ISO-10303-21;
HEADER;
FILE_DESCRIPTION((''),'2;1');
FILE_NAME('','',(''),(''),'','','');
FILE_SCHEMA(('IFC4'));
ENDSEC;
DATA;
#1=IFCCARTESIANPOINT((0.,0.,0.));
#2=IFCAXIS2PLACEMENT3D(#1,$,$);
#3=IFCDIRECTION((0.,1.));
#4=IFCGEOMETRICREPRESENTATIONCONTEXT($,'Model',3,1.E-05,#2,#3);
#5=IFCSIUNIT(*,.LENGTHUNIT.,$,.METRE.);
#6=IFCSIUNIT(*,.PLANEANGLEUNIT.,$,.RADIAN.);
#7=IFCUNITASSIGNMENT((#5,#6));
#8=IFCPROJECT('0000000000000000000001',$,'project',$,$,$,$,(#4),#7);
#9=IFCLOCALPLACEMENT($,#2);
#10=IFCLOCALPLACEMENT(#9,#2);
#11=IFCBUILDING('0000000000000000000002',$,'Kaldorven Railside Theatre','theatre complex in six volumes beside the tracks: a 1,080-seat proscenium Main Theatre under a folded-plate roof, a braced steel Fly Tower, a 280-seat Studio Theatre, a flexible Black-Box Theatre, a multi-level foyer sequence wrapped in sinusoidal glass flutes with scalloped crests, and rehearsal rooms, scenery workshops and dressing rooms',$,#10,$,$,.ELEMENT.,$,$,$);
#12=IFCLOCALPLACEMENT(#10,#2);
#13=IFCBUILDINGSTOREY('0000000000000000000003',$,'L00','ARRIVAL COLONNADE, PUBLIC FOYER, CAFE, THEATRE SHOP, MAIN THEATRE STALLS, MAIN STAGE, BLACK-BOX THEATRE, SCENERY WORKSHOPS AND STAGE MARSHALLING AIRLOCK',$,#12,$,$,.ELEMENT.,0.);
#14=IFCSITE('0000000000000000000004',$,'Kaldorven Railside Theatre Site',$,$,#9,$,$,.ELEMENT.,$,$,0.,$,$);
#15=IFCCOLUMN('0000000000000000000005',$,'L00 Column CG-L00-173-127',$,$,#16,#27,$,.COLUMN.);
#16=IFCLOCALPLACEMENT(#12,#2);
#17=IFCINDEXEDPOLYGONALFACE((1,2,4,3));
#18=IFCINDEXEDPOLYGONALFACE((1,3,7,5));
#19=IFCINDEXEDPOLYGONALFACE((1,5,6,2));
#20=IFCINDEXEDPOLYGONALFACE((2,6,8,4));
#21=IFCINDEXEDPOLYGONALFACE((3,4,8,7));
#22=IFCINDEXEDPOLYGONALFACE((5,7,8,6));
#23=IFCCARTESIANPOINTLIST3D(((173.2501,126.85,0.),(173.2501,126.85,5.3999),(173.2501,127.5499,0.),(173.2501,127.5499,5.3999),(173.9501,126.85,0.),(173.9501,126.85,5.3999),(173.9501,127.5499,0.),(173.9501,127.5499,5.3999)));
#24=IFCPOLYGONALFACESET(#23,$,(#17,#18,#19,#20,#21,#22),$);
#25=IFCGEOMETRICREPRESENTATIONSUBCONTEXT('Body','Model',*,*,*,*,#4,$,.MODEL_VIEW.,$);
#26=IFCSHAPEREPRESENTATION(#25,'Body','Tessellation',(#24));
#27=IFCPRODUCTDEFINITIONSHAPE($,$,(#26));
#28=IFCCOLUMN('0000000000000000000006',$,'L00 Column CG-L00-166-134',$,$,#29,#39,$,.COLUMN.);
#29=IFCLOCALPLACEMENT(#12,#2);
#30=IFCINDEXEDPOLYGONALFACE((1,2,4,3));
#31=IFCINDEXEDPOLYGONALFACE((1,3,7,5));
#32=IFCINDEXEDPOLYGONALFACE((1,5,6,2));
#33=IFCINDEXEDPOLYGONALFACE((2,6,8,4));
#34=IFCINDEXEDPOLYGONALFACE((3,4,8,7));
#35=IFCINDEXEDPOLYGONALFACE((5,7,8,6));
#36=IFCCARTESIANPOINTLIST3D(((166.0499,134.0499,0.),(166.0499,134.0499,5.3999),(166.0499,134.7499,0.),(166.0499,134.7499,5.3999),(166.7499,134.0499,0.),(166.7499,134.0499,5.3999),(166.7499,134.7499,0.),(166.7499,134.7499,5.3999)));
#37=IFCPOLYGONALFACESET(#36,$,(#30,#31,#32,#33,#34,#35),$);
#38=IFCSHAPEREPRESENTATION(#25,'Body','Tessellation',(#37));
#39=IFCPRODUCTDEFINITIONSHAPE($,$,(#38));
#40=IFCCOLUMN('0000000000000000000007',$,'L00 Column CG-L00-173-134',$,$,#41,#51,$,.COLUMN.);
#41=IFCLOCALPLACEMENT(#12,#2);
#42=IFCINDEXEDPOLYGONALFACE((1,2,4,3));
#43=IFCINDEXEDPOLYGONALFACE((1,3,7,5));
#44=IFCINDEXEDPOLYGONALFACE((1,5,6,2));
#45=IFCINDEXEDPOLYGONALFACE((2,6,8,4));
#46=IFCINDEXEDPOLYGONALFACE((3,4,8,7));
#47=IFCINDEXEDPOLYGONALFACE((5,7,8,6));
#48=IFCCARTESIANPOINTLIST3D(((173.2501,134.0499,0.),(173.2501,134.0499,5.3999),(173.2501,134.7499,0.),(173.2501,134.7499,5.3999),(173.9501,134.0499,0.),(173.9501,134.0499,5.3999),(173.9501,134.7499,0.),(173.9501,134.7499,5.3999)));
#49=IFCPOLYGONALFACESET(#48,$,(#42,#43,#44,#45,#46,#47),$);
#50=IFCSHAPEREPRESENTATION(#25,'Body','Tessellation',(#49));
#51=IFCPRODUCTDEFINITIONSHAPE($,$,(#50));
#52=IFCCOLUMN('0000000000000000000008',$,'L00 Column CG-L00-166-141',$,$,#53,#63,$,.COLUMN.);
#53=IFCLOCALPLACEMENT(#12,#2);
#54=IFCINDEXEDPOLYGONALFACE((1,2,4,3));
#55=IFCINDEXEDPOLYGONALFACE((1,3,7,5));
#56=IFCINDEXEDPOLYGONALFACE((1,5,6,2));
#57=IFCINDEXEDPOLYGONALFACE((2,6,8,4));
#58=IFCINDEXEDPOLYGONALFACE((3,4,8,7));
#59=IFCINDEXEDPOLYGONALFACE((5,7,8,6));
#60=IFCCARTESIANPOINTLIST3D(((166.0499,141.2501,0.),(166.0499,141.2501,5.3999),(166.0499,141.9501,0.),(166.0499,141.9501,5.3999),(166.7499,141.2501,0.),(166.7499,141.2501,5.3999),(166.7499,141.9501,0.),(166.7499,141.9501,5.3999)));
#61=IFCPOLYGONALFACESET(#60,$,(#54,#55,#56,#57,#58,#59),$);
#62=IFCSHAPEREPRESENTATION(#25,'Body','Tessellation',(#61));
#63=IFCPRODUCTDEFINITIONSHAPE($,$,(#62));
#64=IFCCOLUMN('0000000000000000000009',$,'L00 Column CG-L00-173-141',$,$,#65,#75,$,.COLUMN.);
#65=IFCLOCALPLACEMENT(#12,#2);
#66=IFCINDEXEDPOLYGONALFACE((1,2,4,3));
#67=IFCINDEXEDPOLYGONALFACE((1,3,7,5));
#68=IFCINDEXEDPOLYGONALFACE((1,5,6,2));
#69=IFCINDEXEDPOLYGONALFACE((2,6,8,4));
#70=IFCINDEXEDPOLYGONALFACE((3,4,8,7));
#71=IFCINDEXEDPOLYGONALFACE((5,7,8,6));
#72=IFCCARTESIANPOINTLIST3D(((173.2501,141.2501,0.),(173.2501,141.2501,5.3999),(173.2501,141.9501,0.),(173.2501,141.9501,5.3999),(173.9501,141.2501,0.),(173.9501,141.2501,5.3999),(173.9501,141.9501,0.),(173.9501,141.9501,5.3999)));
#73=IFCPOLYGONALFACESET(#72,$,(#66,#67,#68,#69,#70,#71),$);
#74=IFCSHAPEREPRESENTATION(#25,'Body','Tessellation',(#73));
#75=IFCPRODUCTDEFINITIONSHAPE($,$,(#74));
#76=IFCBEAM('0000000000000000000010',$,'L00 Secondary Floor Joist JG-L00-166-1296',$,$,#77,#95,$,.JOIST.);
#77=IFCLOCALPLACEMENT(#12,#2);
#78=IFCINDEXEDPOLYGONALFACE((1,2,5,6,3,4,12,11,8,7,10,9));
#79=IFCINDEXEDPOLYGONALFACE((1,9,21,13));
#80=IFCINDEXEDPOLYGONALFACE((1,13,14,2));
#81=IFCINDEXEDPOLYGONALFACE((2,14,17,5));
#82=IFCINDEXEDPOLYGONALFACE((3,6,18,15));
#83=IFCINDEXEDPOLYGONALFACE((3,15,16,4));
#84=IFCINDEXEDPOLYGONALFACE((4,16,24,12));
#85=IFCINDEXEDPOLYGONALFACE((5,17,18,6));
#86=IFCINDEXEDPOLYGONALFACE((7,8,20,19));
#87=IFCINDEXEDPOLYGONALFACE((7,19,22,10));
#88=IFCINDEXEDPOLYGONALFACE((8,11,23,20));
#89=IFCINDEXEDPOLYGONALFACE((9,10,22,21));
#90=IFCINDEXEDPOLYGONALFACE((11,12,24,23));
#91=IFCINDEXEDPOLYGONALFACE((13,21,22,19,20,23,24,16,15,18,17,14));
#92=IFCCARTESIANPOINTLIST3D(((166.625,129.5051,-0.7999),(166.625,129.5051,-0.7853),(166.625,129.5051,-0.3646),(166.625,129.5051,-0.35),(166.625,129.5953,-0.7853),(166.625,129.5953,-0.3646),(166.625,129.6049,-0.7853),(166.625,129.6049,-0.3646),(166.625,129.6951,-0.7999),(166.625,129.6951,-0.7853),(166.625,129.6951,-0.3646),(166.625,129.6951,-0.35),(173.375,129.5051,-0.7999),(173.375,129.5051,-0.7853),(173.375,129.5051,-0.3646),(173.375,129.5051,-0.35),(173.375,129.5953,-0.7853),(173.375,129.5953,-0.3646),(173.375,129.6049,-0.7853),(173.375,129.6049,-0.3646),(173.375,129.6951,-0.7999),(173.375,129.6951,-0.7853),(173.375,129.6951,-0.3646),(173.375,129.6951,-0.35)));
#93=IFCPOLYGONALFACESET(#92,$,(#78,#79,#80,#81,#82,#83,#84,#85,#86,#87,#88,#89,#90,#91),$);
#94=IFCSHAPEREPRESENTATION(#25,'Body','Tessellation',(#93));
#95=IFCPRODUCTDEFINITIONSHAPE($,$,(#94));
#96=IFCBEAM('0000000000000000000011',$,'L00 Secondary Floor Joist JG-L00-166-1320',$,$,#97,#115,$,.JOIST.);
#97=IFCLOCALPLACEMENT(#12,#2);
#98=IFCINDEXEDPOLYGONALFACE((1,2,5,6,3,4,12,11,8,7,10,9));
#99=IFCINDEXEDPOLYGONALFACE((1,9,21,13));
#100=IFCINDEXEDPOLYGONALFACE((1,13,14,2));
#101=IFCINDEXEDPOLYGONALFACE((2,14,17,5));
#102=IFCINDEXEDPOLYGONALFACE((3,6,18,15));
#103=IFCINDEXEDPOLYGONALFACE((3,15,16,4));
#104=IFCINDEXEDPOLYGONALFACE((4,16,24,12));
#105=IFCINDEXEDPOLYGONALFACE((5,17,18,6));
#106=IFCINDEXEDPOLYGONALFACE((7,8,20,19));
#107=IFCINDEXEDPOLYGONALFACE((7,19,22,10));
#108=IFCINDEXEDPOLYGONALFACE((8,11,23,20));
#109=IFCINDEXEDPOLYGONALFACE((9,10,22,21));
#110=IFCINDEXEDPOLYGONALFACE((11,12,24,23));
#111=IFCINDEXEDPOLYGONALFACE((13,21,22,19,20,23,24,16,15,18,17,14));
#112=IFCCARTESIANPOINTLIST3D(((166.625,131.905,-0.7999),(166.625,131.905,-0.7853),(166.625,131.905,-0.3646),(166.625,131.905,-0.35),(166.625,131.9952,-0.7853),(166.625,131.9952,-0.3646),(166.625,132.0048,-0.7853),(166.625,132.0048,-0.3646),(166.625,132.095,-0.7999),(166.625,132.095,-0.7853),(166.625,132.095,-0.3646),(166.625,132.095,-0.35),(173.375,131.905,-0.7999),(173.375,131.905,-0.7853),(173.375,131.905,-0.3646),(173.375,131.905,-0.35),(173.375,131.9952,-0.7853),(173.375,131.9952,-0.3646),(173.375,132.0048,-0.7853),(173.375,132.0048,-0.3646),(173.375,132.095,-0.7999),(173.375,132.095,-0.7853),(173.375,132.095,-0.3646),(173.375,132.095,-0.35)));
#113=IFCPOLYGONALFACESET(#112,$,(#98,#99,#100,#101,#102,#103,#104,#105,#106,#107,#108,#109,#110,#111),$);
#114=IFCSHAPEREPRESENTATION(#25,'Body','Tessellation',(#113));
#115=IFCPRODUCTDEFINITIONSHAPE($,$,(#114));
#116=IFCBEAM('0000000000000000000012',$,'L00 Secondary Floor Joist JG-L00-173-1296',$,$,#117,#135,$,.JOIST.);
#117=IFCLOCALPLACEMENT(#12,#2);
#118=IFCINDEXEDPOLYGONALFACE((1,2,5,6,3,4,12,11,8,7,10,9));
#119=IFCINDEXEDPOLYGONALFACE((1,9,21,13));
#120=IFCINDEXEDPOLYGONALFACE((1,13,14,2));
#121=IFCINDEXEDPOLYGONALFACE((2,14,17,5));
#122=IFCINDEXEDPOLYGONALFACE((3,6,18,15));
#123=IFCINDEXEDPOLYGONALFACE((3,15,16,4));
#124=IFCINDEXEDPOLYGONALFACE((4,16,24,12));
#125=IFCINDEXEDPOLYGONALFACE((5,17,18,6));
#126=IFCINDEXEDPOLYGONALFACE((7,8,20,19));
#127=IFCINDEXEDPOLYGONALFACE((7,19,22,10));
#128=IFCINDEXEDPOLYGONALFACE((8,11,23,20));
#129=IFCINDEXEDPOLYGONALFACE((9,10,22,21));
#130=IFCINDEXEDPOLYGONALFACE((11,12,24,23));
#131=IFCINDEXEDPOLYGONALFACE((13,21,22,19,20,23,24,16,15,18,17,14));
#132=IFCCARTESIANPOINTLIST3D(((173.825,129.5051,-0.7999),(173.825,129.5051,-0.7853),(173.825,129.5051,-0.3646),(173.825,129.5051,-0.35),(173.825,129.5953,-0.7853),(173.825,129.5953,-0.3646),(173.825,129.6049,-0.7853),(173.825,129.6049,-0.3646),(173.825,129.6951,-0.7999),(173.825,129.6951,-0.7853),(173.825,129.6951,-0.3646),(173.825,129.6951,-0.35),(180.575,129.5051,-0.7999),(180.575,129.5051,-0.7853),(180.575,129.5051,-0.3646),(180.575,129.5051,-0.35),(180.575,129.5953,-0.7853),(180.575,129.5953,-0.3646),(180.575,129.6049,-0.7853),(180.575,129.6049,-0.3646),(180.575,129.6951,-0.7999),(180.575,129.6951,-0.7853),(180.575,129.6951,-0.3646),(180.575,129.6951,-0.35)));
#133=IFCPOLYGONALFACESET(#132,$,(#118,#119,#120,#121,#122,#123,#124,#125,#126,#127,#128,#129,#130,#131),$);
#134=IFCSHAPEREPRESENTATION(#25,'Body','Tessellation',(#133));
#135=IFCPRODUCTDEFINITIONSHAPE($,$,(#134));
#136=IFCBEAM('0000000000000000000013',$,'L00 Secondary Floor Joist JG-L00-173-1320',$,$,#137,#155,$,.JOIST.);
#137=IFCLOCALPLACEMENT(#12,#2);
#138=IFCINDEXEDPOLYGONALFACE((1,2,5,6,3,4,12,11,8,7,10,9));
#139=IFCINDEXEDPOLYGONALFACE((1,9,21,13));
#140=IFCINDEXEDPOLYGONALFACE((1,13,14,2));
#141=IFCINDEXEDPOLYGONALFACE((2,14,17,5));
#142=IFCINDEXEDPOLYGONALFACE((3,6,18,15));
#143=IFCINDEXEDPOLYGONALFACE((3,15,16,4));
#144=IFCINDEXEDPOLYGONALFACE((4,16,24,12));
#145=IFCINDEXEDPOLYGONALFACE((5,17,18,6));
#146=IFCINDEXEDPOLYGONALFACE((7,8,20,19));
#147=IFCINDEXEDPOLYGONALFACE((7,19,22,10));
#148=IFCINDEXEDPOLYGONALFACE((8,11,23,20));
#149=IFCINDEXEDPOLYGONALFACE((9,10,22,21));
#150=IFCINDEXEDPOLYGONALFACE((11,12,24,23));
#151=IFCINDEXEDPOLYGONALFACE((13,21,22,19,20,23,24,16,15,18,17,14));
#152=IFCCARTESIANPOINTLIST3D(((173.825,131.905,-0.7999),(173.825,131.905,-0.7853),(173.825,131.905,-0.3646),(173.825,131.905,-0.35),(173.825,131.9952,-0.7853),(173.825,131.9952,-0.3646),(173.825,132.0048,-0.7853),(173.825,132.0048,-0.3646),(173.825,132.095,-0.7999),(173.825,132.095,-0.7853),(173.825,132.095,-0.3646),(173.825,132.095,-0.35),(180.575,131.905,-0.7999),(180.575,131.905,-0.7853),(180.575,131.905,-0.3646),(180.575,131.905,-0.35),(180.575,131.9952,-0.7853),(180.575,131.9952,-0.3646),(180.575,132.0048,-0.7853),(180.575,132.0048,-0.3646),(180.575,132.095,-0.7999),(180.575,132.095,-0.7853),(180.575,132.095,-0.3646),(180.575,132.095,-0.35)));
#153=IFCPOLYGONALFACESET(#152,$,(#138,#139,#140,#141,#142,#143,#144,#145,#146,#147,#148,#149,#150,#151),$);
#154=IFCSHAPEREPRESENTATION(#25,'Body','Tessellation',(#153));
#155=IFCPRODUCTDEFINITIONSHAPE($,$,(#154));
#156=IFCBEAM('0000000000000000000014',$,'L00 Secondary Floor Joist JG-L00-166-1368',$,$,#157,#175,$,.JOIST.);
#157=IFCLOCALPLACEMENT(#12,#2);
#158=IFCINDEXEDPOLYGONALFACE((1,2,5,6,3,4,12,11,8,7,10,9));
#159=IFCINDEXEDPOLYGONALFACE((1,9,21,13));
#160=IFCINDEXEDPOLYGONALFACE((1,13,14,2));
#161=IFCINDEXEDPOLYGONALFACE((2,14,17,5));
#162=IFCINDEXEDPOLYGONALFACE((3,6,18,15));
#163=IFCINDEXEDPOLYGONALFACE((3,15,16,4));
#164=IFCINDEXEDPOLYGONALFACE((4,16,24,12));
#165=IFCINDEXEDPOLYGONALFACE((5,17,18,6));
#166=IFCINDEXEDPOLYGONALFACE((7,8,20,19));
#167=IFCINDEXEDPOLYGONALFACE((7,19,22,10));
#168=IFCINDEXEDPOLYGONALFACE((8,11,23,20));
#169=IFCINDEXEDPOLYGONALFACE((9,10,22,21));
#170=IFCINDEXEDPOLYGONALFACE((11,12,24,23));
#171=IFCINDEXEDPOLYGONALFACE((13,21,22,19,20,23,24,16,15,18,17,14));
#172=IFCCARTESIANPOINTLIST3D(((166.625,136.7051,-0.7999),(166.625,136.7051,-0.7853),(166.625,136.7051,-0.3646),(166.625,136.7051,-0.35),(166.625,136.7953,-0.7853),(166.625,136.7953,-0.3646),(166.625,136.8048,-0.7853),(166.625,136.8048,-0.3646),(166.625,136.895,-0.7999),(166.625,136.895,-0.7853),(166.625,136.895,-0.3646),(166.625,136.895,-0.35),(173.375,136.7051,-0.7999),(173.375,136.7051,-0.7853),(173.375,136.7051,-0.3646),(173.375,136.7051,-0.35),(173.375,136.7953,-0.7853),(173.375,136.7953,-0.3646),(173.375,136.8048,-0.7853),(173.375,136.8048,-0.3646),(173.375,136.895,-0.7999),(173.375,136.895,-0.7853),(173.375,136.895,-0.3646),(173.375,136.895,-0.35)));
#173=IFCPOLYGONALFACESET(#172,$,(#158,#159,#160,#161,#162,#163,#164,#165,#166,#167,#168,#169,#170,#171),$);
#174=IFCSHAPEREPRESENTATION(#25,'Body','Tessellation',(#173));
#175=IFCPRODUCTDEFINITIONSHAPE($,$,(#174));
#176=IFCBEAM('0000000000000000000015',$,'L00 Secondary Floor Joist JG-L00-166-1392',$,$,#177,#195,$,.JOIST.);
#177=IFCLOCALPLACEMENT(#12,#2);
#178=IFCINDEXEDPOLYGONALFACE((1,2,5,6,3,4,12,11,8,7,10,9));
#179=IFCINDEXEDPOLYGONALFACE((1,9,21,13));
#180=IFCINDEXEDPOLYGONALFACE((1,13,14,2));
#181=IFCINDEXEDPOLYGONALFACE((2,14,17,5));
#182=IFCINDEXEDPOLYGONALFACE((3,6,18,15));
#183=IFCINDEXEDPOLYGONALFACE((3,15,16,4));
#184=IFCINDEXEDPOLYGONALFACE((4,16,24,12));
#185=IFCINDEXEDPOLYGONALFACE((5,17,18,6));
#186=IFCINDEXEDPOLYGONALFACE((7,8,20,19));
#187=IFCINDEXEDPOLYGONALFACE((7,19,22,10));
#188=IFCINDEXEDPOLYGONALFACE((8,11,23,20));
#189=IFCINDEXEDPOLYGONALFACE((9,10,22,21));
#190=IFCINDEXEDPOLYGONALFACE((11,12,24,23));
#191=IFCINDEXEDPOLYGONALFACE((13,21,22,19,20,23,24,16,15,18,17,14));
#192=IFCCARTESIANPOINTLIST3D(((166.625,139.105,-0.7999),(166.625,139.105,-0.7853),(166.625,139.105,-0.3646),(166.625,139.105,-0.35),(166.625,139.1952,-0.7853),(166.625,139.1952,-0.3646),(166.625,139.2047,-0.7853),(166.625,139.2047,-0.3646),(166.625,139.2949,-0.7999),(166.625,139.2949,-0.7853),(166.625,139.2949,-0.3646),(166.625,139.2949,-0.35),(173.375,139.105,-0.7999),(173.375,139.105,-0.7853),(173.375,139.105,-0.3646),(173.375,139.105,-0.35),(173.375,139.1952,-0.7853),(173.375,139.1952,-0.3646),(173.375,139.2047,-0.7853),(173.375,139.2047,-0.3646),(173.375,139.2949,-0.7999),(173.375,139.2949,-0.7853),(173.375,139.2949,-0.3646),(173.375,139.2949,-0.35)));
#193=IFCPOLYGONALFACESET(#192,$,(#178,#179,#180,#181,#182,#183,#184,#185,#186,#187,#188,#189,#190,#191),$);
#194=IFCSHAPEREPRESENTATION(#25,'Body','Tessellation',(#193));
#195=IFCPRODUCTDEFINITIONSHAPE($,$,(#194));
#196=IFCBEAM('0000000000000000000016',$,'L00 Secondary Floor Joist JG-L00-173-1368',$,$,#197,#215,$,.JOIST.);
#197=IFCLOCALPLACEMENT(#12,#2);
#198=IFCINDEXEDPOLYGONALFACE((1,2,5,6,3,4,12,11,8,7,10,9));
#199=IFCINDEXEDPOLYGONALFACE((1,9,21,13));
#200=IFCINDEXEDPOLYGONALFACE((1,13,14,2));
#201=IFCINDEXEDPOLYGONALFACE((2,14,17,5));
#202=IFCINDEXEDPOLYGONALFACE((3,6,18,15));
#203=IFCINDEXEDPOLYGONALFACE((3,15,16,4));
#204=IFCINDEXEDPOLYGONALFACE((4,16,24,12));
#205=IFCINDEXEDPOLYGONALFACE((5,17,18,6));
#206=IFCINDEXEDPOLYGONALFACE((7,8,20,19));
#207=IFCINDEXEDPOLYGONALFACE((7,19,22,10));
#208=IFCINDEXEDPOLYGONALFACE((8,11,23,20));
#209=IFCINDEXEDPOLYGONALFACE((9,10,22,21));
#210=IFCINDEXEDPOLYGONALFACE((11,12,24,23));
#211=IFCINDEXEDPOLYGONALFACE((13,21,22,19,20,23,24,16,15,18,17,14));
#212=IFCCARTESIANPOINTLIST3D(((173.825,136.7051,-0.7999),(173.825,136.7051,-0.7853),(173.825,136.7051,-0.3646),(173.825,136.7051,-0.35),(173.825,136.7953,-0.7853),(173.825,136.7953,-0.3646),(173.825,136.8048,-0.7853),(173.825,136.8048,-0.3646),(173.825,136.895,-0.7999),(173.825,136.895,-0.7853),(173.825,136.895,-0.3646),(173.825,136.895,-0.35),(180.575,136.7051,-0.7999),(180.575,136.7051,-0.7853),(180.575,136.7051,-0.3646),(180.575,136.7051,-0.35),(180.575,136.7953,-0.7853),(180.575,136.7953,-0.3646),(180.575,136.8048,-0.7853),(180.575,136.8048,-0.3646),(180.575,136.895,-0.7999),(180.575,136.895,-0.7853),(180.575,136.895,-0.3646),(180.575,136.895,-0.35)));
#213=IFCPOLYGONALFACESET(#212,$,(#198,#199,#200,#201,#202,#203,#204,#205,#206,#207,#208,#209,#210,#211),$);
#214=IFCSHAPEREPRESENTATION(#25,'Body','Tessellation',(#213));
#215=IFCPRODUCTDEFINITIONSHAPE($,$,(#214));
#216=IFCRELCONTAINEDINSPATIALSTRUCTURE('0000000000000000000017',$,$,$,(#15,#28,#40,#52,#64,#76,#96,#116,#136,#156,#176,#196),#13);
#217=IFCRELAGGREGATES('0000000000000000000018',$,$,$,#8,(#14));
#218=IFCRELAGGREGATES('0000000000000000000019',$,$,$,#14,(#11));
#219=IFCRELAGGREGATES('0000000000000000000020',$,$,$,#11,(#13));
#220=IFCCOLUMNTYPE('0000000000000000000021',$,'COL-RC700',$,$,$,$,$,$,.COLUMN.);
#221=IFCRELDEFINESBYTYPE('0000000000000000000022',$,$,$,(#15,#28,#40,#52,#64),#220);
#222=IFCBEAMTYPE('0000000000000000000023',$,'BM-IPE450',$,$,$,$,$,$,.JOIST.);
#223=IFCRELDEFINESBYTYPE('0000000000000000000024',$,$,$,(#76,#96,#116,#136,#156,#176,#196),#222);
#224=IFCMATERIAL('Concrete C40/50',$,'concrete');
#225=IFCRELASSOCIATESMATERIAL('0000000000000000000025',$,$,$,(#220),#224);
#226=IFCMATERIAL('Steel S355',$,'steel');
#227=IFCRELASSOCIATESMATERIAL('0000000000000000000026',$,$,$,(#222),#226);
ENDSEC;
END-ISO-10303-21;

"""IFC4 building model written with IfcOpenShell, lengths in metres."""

from ifc_helpers import new_model, si_unit, direction, frame, origin, origin_2d, place, context, subcontext, project, spatial, rectangle, i_section, extrude, material, material_profile, profile_set, type_object, element, save


model = new_model("IFC4")

# Units and contexts
model_context = context("Model", 3, precision=1e-05, world=origin(), true_north=direction((0.0, 1.0)))
body_context = subcontext(model_context, "Body", "Model", "MODEL_VIEW")
ifc_project = project(units=[si_unit("LENGTHUNIT", "METRE"), si_unit("PLANEANGLEUNIT", "RADIAN")], contexts=[model_context])

# Site, building, storey
site_placement = place(None, origin())
site = spatial("IfcSite", under=ifc_project, at=site_placement, Name="Kaldorven Railside Theatre Site", CompositionType="ELEMENT", RefElevation=0.0)
building_placement = place(site_placement, origin())
building = spatial("IfcBuilding", under=site, at=building_placement, Name="Kaldorven Railside Theatre", Description="theatre complex in six volumes beside the tracks: a 1,080-seat proscenium Main Theatre under a folded-plate roof, a braced steel Fly Tower, a 280-seat Studio Theatre, a flexible Black-Box Theatre, a multi-level foyer sequence wrapped in sinusoidal glass flutes with scalloped crests, and rehearsal rooms, scenery workshops and dressing rooms", CompositionType="ELEMENT")
storey_placement = place(building_placement, origin())
storey = spatial("IfcBuildingStorey", under=building, at=storey_placement, Name="L00", Description="ARRIVAL COLONNADE, PUBLIC FOYER, CAFE, THEATRE SHOP, MAIN THEATRE STALLS, MAIN STAGE, BLACK-BOX THEATRE, SCENERY WORKSHOPS AND STAGE MARSHALLING AIRLOCK", CompositionType="ELEMENT", Elevation=0.0)

# Columns
ifc_material_1 = material(Name="Concrete C40/50", Category="concrete")
ifc_material_profile_1 = material_profile(ifc_material_1, rectangle(XDim=0.7, YDim=0.7, at=origin_2d()), Name="RC 700x700")
ifc_profile_set_1 = profile_set([ifc_material_profile_1], Name="Concrete C40/50")
column_type = type_object("IfcColumnType", Name="COL-RC700", PredefinedType="COLUMN", material=ifc_profile_set_1)
for number, where, z_axis, x_axis, name in (
    (1, (173.6001, 127.2, 0.0), (0.0, 0.0, 1.0), (1.0, 0.0, 0.0), "L00 Column CG-L00-173-127"),
    (2, (166.3999, 134.3999, 0.0), (0.0, 0.0, 1.0), (1.0, 0.0, 0.0), "L00 Column CG-L00-166-134"),
    (3, (173.6001, 134.3999, 0.0), (0.0, 0.0, 1.0), (1.0, 0.0, 0.0), "L00 Column CG-L00-173-134"),
    (4, (166.3999, 141.6001, 0.0), (0.0, 0.0, 1.0), (1.0, 0.0, 0.0), "L00 Column CG-L00-166-141"),
    (5, (173.6001, 141.6001, 0.0), (0.0, 0.0, 1.0), (0.0, 1.0, 0.0), "L00 Column CG-L00-173-141"),
):
    element("IfcColumn", number, at=place(storey_placement, frame(where, z_axis=z_axis, x_axis=x_axis)), inside=storey, type_object=column_type, Name=name, PredefinedType="COLUMN", context=body_context, shape_type="SweptSolid", body=[
        extrude(rectangle(XDim=0.7, YDim=0.7, at=origin_2d()), origin(), (0.0, 0.0, 1.0), 5.3999),
    ])

# Beams
ifc_material_2 = material(Name="Steel S355", Category="steel")
ifc_material_profile_2 = material_profile(ifc_material_2, i_section(OverallWidth=0.1899, OverallDepth=0.45, WebThickness=0.0095, FlangeThickness=0.0146, at=origin_2d()), Name="IPE 450")
ifc_profile_set_2 = profile_set([ifc_material_profile_2], Name="Steel S355")
beam_type_1 = type_object("IfcBeamType", Name="BM-IPE450", PredefinedType="JOIST", material=ifc_profile_set_2)
for number, where, z_axis, x_axis, name in (
    (6, (166.625, 129.6001, -0.575), (1.0, 0.0, 0.0), (0.0, 1.0, 0.0), "L00 Secondary Floor Joist JG-L00-166-1296"),
    (7, (166.625, 132.0, -0.575), (1.0, 0.0, 0.0), (0.0, 1.0, 0.0), "L00 Secondary Floor Joist JG-L00-166-1320"),
    (8, (173.825, 129.6001, -0.575), (1.0, 0.0, 0.0), (0.0, 1.0, 0.0), "L00 Secondary Floor Joist JG-L00-173-1296"),
    (9, (173.825, 132.0, -0.575), (1.0, 0.0, 0.0), (0.0, 1.0, 0.0), "L00 Secondary Floor Joist JG-L00-173-1320"),
    (10, (166.625, 136.8, -0.575), (1.0, 0.0, 0.0), (0.0, 1.0, 0.0), "L00 Secondary Floor Joist JG-L00-166-1368"),
    (11, (166.625, 139.2, -0.575), (1.0, 0.0, 0.0), (0.0, 1.0, 0.0), "L00 Secondary Floor Joist JG-L00-166-1392"),
    (12, (173.825, 136.8, -0.575), (1.0, 0.0, 0.0), (0.0, 1.0, 0.0), "L00 Secondary Floor Joist JG-L00-173-1368"),
):
    element("IfcBeam", number, at=place(storey_placement, frame(where, z_axis=z_axis, x_axis=x_axis)), inside=storey, type_object=beam_type_1, Name=name, PredefinedType="JOIST", context=body_context, shape_type="SweptSolid", body=[
        extrude(i_section(OverallWidth=0.1899, OverallDepth=0.45, WebThickness=0.0095, FlangeThickness=0.0146, at=origin_2d()), origin(), (0.0, 0.0, 1.0), 6.75),
    ])

save(model, "model.ifc")
